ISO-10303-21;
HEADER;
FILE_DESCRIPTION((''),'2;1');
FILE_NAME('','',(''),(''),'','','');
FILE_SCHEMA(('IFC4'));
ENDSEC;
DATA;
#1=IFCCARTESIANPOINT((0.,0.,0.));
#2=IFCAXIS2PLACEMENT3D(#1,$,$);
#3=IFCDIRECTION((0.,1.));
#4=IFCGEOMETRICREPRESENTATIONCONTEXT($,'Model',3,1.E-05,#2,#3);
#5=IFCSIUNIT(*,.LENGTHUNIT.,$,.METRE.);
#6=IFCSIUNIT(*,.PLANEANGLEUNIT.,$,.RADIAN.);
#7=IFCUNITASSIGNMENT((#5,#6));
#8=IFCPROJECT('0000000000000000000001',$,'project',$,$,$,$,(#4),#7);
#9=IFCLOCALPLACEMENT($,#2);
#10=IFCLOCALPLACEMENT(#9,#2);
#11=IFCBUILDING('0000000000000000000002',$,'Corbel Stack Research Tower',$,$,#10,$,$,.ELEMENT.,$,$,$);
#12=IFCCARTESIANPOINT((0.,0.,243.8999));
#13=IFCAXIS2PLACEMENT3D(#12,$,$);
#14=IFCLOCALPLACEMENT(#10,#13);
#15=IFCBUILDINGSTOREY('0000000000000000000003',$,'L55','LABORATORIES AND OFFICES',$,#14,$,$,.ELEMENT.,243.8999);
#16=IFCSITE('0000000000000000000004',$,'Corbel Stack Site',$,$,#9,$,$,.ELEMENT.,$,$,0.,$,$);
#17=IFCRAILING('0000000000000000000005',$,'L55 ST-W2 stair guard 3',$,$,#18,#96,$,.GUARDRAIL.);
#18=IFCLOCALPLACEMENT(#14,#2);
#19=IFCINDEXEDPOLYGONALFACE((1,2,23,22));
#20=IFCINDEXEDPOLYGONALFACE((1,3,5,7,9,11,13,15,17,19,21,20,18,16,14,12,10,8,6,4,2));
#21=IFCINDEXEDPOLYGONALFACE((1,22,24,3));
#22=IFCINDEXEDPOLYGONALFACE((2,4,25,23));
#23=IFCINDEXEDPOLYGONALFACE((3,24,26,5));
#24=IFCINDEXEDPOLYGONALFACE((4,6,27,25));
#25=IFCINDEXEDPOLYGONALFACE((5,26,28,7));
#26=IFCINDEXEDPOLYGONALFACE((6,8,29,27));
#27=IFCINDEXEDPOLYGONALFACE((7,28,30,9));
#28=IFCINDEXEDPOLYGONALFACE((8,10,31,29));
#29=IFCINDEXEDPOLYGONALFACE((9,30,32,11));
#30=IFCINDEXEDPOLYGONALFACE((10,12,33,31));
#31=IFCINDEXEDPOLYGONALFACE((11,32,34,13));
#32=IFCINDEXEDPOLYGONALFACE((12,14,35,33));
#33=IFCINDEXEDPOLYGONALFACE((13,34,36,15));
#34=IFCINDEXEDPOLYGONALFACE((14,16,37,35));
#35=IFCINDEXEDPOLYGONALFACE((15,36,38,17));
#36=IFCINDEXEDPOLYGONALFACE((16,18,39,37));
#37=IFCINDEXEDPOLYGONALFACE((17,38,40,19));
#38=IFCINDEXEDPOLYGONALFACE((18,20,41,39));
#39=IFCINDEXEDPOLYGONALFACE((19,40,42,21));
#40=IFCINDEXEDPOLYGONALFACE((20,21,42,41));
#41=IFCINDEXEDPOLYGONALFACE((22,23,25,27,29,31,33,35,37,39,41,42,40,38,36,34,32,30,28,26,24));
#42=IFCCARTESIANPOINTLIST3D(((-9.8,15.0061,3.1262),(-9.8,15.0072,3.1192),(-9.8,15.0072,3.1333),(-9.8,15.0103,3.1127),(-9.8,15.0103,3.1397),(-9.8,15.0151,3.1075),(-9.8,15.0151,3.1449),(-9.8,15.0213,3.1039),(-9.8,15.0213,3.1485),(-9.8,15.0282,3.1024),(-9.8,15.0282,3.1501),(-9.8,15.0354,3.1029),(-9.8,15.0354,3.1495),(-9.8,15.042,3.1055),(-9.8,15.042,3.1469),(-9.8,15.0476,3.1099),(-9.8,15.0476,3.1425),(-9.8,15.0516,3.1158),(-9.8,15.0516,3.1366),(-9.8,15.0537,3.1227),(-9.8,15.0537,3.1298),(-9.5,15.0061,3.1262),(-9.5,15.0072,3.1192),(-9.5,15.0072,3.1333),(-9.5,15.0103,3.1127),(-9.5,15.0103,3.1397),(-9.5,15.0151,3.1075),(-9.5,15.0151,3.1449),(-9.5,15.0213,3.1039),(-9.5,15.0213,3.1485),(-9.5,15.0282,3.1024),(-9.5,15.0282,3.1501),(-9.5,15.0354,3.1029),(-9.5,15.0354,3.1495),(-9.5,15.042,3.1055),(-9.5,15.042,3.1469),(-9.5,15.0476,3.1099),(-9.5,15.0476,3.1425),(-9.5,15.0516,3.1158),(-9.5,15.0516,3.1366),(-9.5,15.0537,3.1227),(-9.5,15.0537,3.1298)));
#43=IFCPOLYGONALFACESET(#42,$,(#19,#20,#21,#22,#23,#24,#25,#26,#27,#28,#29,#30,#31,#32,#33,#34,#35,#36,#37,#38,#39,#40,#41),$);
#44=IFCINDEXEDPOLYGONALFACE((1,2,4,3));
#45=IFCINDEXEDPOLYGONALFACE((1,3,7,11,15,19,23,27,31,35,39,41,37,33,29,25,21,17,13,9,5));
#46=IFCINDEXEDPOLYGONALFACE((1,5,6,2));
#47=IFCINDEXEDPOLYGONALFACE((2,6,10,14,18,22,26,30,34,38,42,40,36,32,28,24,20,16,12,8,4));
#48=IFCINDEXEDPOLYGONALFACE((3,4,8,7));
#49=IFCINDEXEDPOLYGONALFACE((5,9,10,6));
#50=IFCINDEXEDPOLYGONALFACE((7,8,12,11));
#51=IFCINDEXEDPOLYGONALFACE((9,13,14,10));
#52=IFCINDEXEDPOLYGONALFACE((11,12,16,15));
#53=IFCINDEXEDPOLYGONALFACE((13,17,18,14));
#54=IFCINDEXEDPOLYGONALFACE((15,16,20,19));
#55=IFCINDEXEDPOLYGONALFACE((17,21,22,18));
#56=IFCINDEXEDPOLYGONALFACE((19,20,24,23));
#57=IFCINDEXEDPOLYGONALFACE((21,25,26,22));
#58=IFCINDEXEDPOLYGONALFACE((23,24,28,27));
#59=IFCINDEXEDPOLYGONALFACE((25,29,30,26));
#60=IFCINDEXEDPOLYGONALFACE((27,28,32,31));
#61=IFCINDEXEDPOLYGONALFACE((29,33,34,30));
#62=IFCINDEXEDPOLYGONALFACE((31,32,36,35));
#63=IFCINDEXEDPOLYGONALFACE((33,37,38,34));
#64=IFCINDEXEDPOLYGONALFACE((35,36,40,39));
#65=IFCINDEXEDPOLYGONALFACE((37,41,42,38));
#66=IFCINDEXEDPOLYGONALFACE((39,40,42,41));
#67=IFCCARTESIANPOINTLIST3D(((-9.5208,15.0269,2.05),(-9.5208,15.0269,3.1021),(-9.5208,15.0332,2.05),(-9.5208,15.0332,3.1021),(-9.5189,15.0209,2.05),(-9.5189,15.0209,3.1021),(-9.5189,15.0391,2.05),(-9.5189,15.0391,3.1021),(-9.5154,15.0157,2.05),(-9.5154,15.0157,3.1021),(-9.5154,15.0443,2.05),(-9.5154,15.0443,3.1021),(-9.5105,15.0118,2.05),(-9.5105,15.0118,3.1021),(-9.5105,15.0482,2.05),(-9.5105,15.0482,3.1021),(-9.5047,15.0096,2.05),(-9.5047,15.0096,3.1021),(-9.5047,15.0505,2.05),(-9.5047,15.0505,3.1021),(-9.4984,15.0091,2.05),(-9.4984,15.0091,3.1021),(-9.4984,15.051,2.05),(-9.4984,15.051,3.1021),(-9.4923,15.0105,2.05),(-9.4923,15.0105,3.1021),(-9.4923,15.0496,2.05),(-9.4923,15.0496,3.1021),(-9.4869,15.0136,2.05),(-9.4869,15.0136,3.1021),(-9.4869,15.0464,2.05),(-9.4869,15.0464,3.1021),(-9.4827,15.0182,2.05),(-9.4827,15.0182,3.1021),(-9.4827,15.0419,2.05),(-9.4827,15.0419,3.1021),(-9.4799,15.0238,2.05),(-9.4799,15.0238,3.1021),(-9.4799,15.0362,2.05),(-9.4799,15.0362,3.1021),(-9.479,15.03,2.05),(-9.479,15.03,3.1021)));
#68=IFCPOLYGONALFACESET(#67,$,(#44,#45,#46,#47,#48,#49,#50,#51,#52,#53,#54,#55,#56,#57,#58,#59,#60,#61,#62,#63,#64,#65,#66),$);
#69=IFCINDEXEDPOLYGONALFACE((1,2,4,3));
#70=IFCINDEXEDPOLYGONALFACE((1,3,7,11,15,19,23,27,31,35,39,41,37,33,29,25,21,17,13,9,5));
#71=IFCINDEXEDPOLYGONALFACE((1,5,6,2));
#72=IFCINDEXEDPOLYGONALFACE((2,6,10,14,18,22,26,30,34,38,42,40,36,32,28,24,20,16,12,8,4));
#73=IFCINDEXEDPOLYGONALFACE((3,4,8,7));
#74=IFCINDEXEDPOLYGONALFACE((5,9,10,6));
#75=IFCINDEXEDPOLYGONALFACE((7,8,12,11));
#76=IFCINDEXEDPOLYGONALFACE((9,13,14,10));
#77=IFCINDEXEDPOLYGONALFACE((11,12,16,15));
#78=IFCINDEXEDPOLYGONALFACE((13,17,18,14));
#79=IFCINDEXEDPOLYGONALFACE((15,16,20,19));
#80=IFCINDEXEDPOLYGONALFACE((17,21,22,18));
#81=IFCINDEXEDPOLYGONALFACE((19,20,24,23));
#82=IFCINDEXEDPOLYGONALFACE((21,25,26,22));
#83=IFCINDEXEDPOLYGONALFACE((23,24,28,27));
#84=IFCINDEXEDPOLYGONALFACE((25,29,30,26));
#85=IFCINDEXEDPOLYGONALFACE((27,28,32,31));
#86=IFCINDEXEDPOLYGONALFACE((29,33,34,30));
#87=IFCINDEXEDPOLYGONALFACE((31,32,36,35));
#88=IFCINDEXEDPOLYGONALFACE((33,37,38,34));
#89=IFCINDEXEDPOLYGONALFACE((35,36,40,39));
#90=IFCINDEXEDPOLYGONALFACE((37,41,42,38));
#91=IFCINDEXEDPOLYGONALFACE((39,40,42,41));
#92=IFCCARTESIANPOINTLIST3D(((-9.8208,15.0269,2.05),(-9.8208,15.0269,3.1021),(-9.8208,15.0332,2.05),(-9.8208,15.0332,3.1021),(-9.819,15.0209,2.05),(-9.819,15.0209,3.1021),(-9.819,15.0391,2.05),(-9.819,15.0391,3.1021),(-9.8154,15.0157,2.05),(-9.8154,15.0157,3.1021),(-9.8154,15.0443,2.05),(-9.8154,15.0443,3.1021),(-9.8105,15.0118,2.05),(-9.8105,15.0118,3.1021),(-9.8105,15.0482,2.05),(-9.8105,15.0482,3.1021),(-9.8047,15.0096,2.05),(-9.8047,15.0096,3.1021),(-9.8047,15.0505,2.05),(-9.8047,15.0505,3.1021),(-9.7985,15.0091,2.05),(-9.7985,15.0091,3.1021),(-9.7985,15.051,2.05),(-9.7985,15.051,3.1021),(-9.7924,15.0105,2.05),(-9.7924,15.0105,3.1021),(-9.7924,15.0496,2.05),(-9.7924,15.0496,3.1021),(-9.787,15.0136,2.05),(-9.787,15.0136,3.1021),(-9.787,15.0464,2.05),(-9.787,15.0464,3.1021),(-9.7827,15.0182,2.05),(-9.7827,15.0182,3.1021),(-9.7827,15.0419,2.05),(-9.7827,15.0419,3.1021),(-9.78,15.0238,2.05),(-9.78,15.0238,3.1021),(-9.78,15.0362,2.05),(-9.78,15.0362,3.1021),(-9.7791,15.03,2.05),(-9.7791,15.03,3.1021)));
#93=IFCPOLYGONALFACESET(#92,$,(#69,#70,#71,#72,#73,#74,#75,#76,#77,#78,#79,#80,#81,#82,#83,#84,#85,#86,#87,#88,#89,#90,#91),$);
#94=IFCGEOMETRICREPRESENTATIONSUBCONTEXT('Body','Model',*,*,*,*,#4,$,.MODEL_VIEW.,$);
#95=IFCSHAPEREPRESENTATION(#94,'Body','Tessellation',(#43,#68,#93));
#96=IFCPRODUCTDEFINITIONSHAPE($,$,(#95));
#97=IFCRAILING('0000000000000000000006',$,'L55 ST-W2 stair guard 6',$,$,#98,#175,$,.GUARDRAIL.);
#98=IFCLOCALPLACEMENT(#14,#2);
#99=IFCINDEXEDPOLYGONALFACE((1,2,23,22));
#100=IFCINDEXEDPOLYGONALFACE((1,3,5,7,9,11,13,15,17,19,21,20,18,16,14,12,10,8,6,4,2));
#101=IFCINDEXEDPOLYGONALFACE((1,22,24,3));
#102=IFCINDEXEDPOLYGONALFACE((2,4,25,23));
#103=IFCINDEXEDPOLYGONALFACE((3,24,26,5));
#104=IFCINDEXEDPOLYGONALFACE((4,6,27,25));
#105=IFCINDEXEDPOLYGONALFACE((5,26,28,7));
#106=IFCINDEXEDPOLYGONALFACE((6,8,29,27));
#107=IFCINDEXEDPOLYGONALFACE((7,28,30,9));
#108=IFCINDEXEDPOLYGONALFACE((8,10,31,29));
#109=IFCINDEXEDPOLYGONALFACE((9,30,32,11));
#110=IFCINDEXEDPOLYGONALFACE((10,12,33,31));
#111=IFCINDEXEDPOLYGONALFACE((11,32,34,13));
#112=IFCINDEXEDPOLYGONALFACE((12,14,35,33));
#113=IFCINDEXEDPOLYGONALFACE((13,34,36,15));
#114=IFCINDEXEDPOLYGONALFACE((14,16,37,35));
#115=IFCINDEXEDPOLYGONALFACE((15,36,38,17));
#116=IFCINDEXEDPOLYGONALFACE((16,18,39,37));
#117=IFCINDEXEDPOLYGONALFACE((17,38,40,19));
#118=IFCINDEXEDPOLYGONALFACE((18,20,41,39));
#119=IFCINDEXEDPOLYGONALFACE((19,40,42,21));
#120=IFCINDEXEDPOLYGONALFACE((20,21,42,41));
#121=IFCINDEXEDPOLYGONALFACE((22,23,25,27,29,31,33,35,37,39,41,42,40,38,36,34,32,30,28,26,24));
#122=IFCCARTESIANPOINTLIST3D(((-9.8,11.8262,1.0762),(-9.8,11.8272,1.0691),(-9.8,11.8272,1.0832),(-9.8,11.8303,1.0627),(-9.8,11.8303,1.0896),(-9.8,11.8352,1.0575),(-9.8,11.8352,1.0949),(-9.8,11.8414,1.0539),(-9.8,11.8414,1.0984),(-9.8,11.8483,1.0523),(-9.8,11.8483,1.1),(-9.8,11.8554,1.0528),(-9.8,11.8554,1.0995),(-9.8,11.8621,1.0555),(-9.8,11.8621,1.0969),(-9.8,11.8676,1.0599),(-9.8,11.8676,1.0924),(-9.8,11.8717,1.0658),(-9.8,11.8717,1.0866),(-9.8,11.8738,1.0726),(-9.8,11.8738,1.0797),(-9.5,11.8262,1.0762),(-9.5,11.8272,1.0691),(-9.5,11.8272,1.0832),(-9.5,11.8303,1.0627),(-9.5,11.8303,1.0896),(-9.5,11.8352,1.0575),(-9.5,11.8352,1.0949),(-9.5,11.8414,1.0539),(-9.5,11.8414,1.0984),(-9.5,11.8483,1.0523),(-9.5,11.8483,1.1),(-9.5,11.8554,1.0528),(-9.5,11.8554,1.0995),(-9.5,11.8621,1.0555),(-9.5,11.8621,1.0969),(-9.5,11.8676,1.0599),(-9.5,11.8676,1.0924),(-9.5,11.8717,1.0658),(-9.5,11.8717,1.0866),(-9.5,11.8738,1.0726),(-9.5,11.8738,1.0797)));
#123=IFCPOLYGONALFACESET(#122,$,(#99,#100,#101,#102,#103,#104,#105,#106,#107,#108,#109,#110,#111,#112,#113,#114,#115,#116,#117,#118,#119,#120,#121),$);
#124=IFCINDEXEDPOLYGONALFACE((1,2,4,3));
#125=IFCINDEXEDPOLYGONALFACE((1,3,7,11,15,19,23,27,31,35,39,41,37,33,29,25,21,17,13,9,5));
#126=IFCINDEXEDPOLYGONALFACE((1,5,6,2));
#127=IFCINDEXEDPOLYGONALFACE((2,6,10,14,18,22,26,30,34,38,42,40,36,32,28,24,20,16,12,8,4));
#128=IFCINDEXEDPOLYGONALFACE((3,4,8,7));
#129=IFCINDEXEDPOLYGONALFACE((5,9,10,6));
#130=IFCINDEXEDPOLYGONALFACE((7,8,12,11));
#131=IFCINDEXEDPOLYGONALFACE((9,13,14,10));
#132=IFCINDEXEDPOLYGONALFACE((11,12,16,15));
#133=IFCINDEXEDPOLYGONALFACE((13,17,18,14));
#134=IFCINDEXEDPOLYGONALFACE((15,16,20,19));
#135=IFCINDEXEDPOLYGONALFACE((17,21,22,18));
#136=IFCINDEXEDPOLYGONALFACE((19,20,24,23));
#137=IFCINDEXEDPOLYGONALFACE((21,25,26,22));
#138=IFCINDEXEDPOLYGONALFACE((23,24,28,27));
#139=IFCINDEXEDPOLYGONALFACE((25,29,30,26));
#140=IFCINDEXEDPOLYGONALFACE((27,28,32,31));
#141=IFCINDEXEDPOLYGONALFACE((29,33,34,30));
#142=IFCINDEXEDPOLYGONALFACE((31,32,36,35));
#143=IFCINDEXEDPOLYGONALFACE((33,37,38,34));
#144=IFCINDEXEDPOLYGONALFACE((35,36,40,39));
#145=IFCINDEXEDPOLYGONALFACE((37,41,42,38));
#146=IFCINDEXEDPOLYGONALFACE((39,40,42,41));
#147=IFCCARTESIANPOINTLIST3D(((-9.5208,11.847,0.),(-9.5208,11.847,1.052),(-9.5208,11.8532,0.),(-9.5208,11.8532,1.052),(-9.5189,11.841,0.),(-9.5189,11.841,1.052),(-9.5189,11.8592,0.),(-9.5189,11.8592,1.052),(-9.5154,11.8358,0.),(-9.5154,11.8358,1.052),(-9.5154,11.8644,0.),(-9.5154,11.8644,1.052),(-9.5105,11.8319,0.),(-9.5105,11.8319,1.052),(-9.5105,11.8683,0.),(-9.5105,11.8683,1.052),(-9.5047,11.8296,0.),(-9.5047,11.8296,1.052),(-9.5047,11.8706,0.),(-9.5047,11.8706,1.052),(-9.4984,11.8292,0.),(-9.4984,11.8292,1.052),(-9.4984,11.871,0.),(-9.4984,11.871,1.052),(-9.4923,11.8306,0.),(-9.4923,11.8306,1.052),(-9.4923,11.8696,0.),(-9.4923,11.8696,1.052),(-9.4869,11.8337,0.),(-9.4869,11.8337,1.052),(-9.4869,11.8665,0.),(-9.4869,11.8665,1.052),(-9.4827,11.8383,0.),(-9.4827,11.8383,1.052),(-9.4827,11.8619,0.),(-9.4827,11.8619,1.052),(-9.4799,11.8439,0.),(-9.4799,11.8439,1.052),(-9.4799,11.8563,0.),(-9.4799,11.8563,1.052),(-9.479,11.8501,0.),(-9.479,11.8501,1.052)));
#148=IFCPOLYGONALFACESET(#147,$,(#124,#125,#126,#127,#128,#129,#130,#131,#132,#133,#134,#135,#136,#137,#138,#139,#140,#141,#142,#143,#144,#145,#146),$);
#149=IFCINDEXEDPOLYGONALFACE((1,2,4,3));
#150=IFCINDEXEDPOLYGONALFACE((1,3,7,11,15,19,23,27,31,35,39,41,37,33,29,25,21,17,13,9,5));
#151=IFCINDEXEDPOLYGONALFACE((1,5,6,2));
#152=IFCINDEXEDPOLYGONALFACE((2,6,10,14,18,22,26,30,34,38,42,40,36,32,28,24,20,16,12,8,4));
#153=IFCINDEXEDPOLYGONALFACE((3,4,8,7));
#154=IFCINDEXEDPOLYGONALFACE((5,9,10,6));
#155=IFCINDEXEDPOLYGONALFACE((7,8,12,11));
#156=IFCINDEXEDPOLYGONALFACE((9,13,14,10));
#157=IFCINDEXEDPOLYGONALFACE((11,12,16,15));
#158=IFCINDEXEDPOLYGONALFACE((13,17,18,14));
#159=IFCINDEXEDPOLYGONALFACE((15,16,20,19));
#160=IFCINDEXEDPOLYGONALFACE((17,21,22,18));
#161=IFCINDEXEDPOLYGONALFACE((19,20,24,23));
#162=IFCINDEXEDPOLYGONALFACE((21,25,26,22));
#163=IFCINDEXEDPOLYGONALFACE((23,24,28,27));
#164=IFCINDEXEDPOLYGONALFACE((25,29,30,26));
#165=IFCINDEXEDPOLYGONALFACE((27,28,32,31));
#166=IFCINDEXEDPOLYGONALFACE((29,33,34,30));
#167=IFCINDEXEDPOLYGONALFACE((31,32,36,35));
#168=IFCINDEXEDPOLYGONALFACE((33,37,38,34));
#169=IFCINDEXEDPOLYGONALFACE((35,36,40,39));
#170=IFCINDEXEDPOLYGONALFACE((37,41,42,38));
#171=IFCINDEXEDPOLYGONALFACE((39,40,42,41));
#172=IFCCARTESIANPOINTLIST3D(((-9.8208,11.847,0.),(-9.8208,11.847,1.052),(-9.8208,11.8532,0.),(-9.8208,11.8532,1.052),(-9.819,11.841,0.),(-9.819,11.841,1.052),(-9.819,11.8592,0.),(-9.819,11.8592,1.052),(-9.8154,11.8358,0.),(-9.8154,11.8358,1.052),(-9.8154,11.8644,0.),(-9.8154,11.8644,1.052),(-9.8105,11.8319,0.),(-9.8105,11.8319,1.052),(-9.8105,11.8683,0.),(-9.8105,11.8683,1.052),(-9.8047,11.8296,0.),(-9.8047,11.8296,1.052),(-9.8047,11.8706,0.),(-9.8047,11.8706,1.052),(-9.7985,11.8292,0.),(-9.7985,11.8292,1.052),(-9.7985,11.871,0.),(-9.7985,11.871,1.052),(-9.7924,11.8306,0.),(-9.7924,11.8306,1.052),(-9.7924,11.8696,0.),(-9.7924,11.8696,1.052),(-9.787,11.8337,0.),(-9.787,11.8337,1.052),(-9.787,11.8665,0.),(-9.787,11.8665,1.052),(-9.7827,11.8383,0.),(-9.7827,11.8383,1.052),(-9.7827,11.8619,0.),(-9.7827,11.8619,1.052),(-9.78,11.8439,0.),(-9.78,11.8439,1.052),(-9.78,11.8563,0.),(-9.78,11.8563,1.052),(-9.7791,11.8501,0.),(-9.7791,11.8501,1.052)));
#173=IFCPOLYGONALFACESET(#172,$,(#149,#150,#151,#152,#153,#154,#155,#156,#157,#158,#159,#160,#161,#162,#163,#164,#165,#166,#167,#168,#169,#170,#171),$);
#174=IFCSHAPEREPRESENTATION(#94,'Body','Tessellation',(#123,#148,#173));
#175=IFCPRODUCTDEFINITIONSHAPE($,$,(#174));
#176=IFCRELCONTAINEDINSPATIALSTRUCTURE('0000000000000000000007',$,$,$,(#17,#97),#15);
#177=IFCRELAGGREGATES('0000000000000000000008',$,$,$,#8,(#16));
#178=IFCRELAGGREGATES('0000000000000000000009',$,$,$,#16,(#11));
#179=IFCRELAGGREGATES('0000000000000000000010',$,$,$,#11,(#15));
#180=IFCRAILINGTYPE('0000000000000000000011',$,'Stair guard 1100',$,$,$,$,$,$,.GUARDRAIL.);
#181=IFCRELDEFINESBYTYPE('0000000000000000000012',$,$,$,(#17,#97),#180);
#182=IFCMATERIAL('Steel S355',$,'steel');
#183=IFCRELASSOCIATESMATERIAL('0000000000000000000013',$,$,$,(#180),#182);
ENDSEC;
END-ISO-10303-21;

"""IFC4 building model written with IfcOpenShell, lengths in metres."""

from ifc_helpers import new_model, si_unit, direction, frame, origin, origin_2d, place, context, subcontext, project, spatial, circle, extrude, material, type_object, element, save


model = new_model("IFC4")

# Units and contexts
model_context = context("Model", 3, precision=1e-05, world=origin(), true_north=direction((0.0, 1.0)))
body_context = subcontext(model_context, "Body", "Model", "MODEL_VIEW")
ifc_project = project(units=[si_unit("LENGTHUNIT", "METRE"), si_unit("PLANEANGLEUNIT", "RADIAN")], contexts=[model_context])

# Site, building, storey
site_placement = place(None, origin())
site = spatial("IfcSite", under=ifc_project, at=site_placement, Name="Corbel Stack Site", CompositionType="ELEMENT", RefElevation=0.0)
building_placement = place(site_placement, origin())
building = spatial("IfcBuilding", under=site, at=building_placement, Name="Corbel Stack Research Tower", CompositionType="ELEMENT")
storey_placement = place(building_placement, frame((0.0, 0.0, 243.8999)))
storey = spatial("IfcBuildingStorey", under=building, at=storey_placement, Name="L55", Description="LABORATORIES AND OFFICES", CompositionType="ELEMENT", Elevation=243.8999)

# Railings
ifc_material_1 = material(Name="Steel S355", Category="steel")
railing_type = type_object("IfcRailingType", Name="Stair guard 1100", PredefinedType="GUARDRAIL", material=ifc_material_1)
for number, where, name in (
    (1, (-9.5, 15.03, 2.05), "L55 ST-W2 stair guard 3"),
    (2, (-9.5, 11.8501, 0.0), "L55 ST-W2 stair guard 6"),
):
    element("IfcRailing", number, at=place(storey_placement, frame(where)), inside=storey, type_object=railing_type, Name=name, PredefinedType="GUARDRAIL", context=body_context, shape_type="SweptSolid", body=[
        extrude(circle(Radius=0.0239, at=origin_2d()), frame((0.0, 0.0, 1.0762), z_axis=(-1.0, 0.0, 0.0), x_axis=(0.0, -1.0, 0.0)), (0.0, 0.0, 1.0), 0.3),
        extrude(circle(Radius=0.021, at=origin_2d()), origin(), (0.0, 0.0, 1.0), 1.052),
        extrude(circle(Radius=0.021, at=origin_2d()), frame((-0.3, 0.0, 0.0)), (0.0, 0.0, 1.0), 1.052),
    ])

save(model, "model.ifc")
